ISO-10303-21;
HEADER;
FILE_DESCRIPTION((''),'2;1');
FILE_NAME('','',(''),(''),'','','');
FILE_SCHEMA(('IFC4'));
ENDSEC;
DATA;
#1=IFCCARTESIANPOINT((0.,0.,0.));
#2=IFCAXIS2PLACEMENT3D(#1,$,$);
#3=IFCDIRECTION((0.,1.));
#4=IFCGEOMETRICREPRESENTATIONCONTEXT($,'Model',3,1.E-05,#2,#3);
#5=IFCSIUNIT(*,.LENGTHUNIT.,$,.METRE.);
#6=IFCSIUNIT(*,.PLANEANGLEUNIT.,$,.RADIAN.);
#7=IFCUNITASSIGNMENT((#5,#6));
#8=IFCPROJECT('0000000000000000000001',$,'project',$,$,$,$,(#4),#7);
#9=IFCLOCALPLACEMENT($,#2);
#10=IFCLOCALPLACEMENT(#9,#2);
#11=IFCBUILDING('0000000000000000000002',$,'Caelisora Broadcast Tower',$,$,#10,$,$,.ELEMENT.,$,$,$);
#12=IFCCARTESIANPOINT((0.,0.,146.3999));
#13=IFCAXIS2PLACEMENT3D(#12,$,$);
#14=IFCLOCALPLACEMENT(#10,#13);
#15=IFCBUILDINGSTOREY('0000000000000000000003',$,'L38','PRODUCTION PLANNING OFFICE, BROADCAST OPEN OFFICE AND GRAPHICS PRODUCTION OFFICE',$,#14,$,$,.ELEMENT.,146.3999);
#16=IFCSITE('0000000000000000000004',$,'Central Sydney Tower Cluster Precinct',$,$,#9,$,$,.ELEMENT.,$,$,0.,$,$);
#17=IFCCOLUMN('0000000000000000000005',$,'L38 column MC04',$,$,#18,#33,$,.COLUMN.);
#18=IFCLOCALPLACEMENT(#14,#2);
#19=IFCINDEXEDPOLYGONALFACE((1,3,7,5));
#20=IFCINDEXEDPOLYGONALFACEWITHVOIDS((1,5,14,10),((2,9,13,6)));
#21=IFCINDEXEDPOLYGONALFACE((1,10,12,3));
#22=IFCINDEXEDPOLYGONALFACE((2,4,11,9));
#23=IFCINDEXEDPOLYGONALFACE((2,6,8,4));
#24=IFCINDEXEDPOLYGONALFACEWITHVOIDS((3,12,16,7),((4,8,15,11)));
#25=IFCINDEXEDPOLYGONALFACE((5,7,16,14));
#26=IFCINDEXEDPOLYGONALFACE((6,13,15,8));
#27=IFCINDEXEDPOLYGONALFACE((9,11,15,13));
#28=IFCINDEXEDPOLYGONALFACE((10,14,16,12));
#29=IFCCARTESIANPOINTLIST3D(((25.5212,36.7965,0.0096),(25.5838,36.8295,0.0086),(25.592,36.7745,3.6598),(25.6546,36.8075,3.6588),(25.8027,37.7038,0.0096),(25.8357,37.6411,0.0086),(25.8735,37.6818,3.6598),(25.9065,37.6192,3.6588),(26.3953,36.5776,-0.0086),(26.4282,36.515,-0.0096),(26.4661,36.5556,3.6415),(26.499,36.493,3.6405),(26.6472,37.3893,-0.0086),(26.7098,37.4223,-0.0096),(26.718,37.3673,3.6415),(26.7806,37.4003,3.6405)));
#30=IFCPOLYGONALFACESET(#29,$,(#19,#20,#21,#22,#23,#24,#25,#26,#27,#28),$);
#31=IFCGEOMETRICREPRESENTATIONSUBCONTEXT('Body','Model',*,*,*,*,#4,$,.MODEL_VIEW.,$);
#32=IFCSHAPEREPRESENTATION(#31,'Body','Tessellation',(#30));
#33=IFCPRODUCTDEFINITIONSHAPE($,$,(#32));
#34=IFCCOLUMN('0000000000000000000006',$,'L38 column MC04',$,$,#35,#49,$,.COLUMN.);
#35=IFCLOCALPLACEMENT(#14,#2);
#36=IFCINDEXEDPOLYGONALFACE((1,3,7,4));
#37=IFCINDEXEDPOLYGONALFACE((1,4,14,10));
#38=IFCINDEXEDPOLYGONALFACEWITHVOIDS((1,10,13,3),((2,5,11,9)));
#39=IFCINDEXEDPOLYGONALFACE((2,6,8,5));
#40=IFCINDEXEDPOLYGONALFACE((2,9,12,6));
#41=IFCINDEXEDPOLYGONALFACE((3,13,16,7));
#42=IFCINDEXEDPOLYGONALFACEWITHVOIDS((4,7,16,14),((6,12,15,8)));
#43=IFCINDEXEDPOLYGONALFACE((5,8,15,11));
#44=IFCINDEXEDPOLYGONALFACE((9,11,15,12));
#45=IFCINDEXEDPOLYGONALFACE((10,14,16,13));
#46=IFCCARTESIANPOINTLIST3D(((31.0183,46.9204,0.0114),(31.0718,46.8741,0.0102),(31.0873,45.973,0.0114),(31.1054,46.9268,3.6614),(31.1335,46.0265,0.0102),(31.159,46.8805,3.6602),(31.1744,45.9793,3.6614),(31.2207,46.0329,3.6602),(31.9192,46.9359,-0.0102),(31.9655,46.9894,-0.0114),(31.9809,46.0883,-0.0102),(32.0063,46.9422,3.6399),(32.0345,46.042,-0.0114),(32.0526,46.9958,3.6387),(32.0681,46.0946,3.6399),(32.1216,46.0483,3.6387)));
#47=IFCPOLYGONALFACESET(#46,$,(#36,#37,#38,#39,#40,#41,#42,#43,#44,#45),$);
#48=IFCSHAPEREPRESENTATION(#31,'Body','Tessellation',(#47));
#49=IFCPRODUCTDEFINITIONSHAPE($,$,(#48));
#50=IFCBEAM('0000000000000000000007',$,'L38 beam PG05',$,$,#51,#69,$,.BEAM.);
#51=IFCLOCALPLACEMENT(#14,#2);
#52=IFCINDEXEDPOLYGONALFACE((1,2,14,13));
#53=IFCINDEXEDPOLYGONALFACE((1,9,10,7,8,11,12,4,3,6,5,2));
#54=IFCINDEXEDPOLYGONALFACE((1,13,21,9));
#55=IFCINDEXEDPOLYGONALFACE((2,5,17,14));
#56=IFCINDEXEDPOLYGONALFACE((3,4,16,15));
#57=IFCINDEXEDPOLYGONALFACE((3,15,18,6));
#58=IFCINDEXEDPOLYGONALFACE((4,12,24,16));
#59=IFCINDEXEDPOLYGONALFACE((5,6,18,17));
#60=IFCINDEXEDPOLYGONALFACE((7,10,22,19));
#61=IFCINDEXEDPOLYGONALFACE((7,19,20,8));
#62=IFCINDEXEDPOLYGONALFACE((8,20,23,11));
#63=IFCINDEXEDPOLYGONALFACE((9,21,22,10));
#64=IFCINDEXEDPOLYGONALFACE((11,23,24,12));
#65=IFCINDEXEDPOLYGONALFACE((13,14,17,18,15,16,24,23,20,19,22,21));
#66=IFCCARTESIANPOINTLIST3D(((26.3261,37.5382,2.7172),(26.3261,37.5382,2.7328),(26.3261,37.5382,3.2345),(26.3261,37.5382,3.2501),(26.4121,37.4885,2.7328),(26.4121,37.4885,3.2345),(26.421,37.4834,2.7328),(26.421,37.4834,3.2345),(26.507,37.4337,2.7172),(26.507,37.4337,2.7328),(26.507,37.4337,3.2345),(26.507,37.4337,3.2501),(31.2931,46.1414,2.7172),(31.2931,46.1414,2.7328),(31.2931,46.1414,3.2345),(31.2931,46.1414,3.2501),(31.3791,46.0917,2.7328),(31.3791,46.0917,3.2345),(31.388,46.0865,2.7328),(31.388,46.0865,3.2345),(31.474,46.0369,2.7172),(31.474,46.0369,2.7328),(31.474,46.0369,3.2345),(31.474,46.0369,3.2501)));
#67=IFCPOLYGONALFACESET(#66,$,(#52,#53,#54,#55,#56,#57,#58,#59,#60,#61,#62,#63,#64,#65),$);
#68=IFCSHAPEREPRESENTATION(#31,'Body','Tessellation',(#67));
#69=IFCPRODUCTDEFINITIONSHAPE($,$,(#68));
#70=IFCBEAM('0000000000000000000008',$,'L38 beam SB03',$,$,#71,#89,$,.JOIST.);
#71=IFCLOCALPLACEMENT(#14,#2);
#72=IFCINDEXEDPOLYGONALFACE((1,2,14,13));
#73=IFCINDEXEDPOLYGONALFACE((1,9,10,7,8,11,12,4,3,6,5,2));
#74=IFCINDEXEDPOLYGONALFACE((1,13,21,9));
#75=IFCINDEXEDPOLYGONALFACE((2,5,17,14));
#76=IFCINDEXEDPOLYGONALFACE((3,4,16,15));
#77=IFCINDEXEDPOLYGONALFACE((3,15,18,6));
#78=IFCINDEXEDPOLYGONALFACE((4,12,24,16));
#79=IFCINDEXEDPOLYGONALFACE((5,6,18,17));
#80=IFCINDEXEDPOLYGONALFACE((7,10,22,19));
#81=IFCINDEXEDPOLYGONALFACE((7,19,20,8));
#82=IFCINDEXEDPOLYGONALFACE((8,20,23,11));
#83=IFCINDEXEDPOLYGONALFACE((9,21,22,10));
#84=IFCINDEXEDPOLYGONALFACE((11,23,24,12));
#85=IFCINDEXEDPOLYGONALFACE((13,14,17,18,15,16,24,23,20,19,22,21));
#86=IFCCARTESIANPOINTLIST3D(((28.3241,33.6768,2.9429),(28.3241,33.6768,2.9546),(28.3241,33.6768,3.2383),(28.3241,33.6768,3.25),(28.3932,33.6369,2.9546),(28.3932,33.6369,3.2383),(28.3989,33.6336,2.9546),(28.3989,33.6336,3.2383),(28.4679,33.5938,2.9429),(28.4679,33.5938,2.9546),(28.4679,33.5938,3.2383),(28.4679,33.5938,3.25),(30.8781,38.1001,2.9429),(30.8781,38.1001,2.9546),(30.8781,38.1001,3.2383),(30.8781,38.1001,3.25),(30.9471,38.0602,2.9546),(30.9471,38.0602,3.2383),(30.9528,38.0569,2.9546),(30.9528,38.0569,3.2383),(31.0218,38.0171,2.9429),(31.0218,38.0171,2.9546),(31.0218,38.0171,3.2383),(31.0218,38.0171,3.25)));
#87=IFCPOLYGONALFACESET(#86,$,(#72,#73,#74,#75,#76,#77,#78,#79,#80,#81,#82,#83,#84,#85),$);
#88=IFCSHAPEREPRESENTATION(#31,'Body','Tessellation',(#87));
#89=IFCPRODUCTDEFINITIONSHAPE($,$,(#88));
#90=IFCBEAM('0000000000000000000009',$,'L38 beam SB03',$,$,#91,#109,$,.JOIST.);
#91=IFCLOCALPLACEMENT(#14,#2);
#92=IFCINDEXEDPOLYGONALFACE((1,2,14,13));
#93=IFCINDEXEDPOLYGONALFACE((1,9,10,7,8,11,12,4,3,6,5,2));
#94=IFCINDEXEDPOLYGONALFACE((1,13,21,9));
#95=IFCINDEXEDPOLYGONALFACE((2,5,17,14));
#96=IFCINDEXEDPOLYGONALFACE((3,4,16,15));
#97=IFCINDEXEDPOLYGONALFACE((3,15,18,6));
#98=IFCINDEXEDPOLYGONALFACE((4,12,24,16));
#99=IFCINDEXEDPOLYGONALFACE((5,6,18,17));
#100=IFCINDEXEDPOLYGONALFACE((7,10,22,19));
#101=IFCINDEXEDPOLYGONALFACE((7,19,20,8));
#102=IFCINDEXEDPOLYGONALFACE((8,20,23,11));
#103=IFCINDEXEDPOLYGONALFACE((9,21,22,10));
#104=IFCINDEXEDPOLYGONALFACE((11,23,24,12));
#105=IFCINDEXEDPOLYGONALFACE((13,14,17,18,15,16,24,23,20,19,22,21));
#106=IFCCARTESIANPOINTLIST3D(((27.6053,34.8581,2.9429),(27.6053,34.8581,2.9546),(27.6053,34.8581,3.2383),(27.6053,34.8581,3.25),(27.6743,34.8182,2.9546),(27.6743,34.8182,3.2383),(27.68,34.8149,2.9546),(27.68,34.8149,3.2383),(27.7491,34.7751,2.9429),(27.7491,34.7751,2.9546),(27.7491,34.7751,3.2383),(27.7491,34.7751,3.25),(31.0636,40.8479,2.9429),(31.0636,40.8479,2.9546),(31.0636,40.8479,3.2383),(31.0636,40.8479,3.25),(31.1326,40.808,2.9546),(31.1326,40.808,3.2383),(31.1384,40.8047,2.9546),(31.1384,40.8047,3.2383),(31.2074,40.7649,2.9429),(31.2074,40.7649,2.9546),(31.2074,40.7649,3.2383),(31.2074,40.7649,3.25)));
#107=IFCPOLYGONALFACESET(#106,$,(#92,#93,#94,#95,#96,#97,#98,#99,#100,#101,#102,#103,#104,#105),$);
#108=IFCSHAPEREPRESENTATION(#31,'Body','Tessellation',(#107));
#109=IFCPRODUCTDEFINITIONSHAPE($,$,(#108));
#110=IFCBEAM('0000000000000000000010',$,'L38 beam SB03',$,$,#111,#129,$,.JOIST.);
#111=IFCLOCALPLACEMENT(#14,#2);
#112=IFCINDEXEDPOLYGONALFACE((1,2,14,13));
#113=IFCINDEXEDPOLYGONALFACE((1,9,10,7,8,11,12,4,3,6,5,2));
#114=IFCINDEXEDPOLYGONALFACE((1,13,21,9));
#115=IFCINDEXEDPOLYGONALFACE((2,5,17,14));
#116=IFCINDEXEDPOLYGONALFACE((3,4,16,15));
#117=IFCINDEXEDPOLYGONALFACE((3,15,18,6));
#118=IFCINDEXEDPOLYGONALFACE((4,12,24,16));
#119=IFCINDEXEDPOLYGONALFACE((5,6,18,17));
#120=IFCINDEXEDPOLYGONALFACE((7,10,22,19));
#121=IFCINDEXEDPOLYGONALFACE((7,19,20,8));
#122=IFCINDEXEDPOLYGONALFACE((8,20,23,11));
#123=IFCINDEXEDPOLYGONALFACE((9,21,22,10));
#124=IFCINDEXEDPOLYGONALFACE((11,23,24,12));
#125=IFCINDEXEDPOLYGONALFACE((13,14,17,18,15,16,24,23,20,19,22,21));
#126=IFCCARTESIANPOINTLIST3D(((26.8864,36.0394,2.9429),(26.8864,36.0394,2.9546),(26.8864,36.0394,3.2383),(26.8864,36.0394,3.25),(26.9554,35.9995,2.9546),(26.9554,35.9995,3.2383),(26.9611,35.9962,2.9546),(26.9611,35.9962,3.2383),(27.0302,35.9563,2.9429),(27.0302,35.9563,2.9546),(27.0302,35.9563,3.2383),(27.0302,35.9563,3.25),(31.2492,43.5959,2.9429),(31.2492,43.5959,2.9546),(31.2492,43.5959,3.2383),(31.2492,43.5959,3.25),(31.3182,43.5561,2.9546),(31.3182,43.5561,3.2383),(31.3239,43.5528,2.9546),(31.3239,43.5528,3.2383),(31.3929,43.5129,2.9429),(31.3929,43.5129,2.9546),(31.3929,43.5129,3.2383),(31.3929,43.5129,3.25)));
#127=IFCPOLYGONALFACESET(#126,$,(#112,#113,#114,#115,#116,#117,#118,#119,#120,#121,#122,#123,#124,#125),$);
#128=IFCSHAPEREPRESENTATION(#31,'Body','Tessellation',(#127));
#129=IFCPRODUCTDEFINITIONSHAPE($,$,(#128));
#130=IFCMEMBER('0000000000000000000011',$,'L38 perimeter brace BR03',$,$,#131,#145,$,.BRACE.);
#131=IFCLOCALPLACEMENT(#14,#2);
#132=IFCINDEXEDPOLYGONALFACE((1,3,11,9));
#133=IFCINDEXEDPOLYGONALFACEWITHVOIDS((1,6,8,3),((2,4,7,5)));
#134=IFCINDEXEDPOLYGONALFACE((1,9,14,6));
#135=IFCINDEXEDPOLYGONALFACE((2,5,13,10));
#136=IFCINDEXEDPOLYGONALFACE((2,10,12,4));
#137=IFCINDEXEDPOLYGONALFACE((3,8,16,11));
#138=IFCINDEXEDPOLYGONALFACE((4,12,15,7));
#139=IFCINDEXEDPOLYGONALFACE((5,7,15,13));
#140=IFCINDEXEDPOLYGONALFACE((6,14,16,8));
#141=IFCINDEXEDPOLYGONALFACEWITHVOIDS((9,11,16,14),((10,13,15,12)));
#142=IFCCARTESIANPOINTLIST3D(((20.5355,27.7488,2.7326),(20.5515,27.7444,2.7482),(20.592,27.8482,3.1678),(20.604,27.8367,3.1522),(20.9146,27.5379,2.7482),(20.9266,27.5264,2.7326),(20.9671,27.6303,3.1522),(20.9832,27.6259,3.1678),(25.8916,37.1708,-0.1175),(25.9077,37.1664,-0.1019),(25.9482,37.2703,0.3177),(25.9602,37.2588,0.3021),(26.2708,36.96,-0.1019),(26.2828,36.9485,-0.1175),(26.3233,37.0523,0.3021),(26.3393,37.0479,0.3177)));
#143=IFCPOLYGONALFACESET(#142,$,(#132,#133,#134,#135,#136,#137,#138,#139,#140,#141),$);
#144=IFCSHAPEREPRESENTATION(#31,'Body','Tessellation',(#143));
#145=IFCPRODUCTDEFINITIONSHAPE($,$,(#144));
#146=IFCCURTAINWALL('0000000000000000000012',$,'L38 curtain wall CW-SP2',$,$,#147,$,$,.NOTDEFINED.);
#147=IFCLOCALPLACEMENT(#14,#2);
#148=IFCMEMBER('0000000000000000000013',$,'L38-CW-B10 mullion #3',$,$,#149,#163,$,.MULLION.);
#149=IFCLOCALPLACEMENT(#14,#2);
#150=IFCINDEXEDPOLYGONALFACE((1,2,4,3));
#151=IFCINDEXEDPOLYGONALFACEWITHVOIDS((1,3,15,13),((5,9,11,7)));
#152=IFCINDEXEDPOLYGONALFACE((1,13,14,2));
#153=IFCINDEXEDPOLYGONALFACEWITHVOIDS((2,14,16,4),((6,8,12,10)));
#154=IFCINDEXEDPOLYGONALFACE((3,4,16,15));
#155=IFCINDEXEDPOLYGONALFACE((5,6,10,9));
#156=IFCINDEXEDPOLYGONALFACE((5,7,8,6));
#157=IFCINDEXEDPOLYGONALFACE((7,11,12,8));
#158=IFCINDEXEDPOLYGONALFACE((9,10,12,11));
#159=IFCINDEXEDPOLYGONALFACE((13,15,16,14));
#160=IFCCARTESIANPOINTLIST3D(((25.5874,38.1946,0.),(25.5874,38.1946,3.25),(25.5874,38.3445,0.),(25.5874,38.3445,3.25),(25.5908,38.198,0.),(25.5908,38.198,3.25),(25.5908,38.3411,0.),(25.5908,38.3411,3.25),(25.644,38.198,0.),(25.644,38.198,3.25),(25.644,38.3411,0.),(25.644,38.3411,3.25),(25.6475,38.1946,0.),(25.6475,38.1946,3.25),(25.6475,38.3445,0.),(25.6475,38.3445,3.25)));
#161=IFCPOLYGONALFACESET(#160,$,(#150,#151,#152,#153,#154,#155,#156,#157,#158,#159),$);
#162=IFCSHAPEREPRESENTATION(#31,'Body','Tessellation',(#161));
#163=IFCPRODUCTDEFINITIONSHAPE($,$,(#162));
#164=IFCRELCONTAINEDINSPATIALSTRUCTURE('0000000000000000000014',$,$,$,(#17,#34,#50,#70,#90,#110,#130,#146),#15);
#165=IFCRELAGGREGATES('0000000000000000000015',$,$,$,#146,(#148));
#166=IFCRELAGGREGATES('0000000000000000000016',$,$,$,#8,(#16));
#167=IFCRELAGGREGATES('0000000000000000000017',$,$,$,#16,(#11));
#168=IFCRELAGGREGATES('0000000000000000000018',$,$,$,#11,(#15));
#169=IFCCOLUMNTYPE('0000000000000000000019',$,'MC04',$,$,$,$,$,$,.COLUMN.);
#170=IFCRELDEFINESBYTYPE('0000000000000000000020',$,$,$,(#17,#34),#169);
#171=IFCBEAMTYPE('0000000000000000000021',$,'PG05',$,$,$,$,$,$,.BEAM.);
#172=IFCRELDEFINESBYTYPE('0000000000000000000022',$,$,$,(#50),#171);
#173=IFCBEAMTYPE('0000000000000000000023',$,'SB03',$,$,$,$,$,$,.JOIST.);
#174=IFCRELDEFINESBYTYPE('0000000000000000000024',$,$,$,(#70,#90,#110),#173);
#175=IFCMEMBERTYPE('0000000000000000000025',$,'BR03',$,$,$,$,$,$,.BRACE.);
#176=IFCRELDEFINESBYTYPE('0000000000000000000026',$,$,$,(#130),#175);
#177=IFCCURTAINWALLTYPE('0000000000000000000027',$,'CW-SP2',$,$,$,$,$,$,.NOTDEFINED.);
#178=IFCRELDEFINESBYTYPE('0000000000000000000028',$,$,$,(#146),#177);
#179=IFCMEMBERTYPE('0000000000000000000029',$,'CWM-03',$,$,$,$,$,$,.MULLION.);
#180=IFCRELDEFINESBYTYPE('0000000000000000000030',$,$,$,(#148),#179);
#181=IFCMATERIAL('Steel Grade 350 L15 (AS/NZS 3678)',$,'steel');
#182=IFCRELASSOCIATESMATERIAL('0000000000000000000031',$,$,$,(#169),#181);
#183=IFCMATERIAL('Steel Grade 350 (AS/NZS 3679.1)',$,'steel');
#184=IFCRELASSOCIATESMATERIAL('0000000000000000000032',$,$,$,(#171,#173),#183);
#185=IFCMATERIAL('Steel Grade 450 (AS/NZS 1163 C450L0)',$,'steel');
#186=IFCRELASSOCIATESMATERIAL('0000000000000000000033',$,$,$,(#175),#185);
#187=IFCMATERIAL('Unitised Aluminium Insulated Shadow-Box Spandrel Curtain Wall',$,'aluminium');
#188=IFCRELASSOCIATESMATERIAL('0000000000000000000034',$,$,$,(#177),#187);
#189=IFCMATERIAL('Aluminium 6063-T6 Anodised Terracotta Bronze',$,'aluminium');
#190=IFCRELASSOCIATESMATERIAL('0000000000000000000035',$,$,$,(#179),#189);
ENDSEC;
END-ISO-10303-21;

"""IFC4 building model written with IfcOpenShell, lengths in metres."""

from ifc_helpers import new_model, si_unit, direction, frame, origin, origin_2d, place, context, subcontext, project, spatial, hollow_rectangle, i_section, extrude, source, transform, mapped, material, material_profile, profile_set, type_object, type_shapes, element, aggregate, save


model = new_model("IFC4")

# Units and contexts
model_context = context("Model", 3, precision=1e-05, world=origin(), true_north=direction((0.0, 1.0)))
body_context = subcontext(model_context, "Body", "Model", "MODEL_VIEW")
ifc_project = project(units=[si_unit("LENGTHUNIT", "METRE"), si_unit("PLANEANGLEUNIT", "RADIAN")], contexts=[model_context])

# Site, building, storey
site_placement = place(None, origin())
site = spatial("IfcSite", under=ifc_project, at=site_placement, Name="Central Sydney Tower Cluster Precinct", CompositionType="ELEMENT", RefElevation=0.0)
building_placement = place(site_placement, origin())
building = spatial("IfcBuilding", under=site, at=building_placement, Name="Caelisora Broadcast Tower", CompositionType="ELEMENT")
storey_placement = place(building_placement, frame((0.0, 0.0, 146.3999)))
storey = spatial("IfcBuildingStorey", under=building, at=storey_placement, Name="L38", Description="PRODUCTION PLANNING OFFICE, BROADCAST OPEN OFFICE AND GRAPHICS PRODUCTION OFFICE", CompositionType="ELEMENT", Elevation=146.3999)

# Columns
ifc_material_1 = material(Name="Steel Grade 350 L15 (AS/NZS 3678)", Category="steel")
ifc_material_profile_1 = material_profile(ifc_material_1, hollow_rectangle(XDim=0.95, YDim=0.95, WallThickness=0.05, at=origin_2d()), Name="Steel Grade 350 L15 (AS/NZS 3678)")
ifc_profile_set_1 = profile_set([ifc_material_profile_1], Name="Steel Grade 350 L15 (AS/NZS 3678)")
column_type = type_object("IfcColumnType", Name="MC04", PredefinedType="COLUMN", material=ifc_profile_set_1)
shared_shape_1 = source(origin(), body_context, "Body", "SweptSolid", [
    extrude(hollow_rectangle(XDim=0.95, YDim=0.95, WallThickness=0.05, at=origin_2d()), origin(), (0.0, 0.0, 1.0), 3.6509),
])
column_1_placement = place(storey_placement, frame((26.1155, 37.1094, 0.0), z_axis=(0.019393, -0.006018, 0.999794), x_axis=(0.296399, 0.955064, 0.0)))
element("IfcColumn", 1, at=column_1_placement, inside=storey, type_object=column_type, Name="L38 column MC04", PredefinedType="COLUMN", context=body_context, shape_type="MappedRepresentation", body=[
    mapped(shared_shape_1, transform((0.0, 0.0, 0.0), scale=1.0)),
])
shared_shape_2 = source(origin(), body_context, "Body", "SweptSolid", [
    extrude(hollow_rectangle(XDim=0.95, YDim=0.95, WallThickness=0.05, at=origin_2d()), origin(), (0.0, 0.0, 1.0), 3.6511),
])
type_shapes(column_type, [shared_shape_1, shared_shape_2])
column_2_placement = place(storey_placement, frame((31.5264, 46.4812, 0.0), z_axis=(0.023871, 0.001739, 0.999714), x_axis=(-0.072637, 0.997358, 0.0)))
element("IfcColumn", 2, at=column_2_placement, inside=storey, type_object=column_type, Name="L38 column MC04", PredefinedType="COLUMN", context=body_context, shape_type="MappedRepresentation", body=[
    mapped(shared_shape_2, transform((0.0, 0.0, 0.0), scale=1.0)),
])

# Beams
ifc_material_2 = material(Name="Steel Grade 350 (AS/NZS 3679.1)", Category="steel")
ifc_material_profile_2 = material_profile(ifc_material_2, i_section(OverallWidth=0.209, OverallDepth=0.533, WebThickness=0.0103, FlangeThickness=0.0156, at=origin_2d()), Name="Steel Grade 350 (AS/NZS 3679.1)")
ifc_profile_set_2 = profile_set([ifc_material_profile_2], Name="Steel Grade 350 (AS/NZS 3679.1)")
beam_type_1 = type_object("IfcBeamType", Name="PG05", PredefinedType="BEAM", material=ifc_profile_set_2)
shared_shape_3 = source(origin(), body_context, "Body", "SweptSolid", [
    extrude(i_section(OverallWidth=0.209, OverallDepth=0.533, WebThickness=0.0103, FlangeThickness=0.0156, at=origin_2d()), origin(), (0.0, 0.0, 1.0), 9.9341),
])
type_shapes(beam_type_1, [shared_shape_3])
beam_1_placement = place(storey_placement, frame((31.3835, 46.0891, 2.9836), z_axis=(-0.499995, -0.866028, 0.0), x_axis=(0.866028, -0.499995, 0.0)))
element("IfcBeam", 3, at=beam_1_placement, inside=storey, type_object=beam_type_1, Name="L38 beam PG05", PredefinedType="BEAM", context=body_context, shape_type="MappedRepresentation", body=[
    mapped(shared_shape_3, transform((0.0, 0.0, 0.0), scale=1.0)),
])
ifc_material_profile_3 = material_profile(ifc_material_2, i_section(OverallWidth=0.166, OverallDepth=0.3071, WebThickness=0.0066, FlangeThickness=0.0117, at=origin_2d()), Name="Steel Grade 350 (AS/NZS 3679.1)")
ifc_profile_set_3 = profile_set([ifc_material_profile_3], Name="Steel Grade 350 (AS/NZS 3679.1)")
beam_type_2 = type_object("IfcBeamType", Name="SB03", PredefinedType="JOIST", material=ifc_profile_set_3)
shared_shape_4 = source(origin(), body_context, "Body", "SweptSolid", [
    extrude(i_section(OverallWidth=0.166, OverallDepth=0.3071, WebThickness=0.0066, FlangeThickness=0.0117, at=origin_2d()), origin(), (0.0, 0.0, 1.0), 5.1077),
])
beam_2_placement = place(storey_placement, frame((30.95, 38.0586, 3.0964), z_axis=(-0.50002, -0.866014, 0.0), x_axis=(0.866014, -0.50002, 0.0)))
element("IfcBeam", 4, at=beam_2_placement, inside=storey, type_object=beam_type_2, Name="L38 beam SB03", PredefinedType="JOIST", context=body_context, shape_type="MappedRepresentation", body=[
    mapped(shared_shape_4, transform((0.0, 0.0, 0.0), scale=1.0)),
])
shared_shape_5 = source(origin(), body_context, "Body", "SweptSolid", [
    extrude(i_section(OverallWidth=0.166, OverallDepth=0.3071, WebThickness=0.0066, FlangeThickness=0.0117, at=origin_2d()), origin(), (0.0, 0.0, 1.0), 6.9165),
])
beam_3_placement = place(storey_placement, frame((31.1355, 40.8064, 3.0964), z_axis=(-0.500008, -0.866021, 0.0), x_axis=(0.866021, -0.500008, 0.0)))
element("IfcBeam", 5, at=beam_3_placement, inside=storey, type_object=beam_type_2, Name="L38 beam SB03", PredefinedType="JOIST", context=body_context, shape_type="MappedRepresentation", body=[
    mapped(shared_shape_5, transform((0.0, 0.0, 0.0), scale=1.0)),
])
shared_shape_6 = source(origin(), body_context, "Body", "SweptSolid", [
    extrude(i_section(OverallWidth=0.166, OverallDepth=0.3071, WebThickness=0.0066, FlangeThickness=0.0117, at=origin_2d()), origin(), (0.0, 0.0, 1.0), 8.7256),
])
type_shapes(beam_type_2, [shared_shape_4, shared_shape_5, shared_shape_6])
beam_4_placement = place(storey_placement, frame((31.321, 43.5544, 3.0964), z_axis=(-0.499997, -0.866027, 0.0), x_axis=(0.866027, -0.499997, 0.0)))
element("IfcBeam", 6, at=beam_4_placement, inside=storey, type_object=beam_type_2, Name="L38 beam SB03", PredefinedType="JOIST", context=body_context, shape_type="MappedRepresentation", body=[
    mapped(shared_shape_6, transform((0.0, 0.0, 0.0), scale=1.0)),
])

# Member
ifc_material_3 = material(Name="Steel Grade 450 (AS/NZS 1163 C450L0)", Category="steel")
ifc_material_profile_4 = material_profile(ifc_material_3, hollow_rectangle(XDim=0.45, YDim=0.45, WallThickness=0.0161, at=origin_2d()), Name="Steel Grade 450 (AS/NZS 1163 C450L0)")
ifc_profile_set_4 = profile_set([ifc_material_profile_4], Name="Steel Grade 450 (AS/NZS 1163 C450L0)")
member_type_1 = type_object("IfcMemberType", Name="BR03", PredefinedType="BRACE", material=ifc_profile_set_4)
shared_shape_7 = source(origin(), body_context, "Body", "SweptSolid", [
    extrude(hollow_rectangle(XDim=0.45, YDim=0.45, WallThickness=0.0161, at=origin_2d()), origin(), (0.0, 0.0, 1.0), 11.2065),
])
type_shapes(member_type_1, [shared_shape_7])
member_1_placement = place(storey_placement, frame((26.1155, 37.1094, 0.1001), z_axis=(-0.47795, -0.840764, 0.254323), x_axis=(0.869349, -0.494199, 0.0)))
element("IfcMember", 7, at=member_1_placement, inside=storey, type_object=member_type_1, Name="L38 perimeter brace BR03", PredefinedType="BRACE", context=body_context, shape_type="MappedRepresentation", body=[
    mapped(shared_shape_7, transform((0.0, 0.0, 0.0), scale=1.0)),
])

# Curtain wall, member
ifc_material_4 = material(Name="Unitised Aluminium Insulated Shadow-Box Spandrel Curtain Wall", Category="aluminium")
curtain_wall_type_1 = type_object("IfcCurtainWallType", Name="CW-SP2", PredefinedType="NOTDEFINED", material=ifc_material_4)
curtain_wall_1_placement = place(storey_placement, origin())
curtain_wall_1 = element("IfcCurtainWall", 8, at=curtain_wall_1_placement, inside=storey, type_object=curtain_wall_type_1, Name="L38 curtain wall CW-SP2", PredefinedType="NOTDEFINED")
ifc_material_5 = material(Name="Aluminium 6063-T6 Anodised Terracotta Bronze", Category="aluminium")
ifc_material_profile_5 = material_profile(ifc_material_5, hollow_rectangle(XDim=0.0601, YDim=0.1499, WallThickness=0.0034, at=origin_2d()), Name="Aluminium 6063-T6 Anodised Terracotta Bronze")
ifc_profile_set_5 = profile_set([ifc_material_profile_5], Name="Aluminium 6063-T6 Anodised Terracotta Bronze")
member_type_2 = type_object("IfcMemberType", Name="CWM-03", PredefinedType="MULLION", material=ifc_profile_set_5)
shared_shape_8 = source(origin(), body_context, "Body", "SweptSolid", [
    extrude(hollow_rectangle(XDim=0.0601, YDim=0.1499, WallThickness=0.0034, at=origin_2d()), origin(), (0.0, 0.0, 1.0), 3.25),
])
type_shapes(member_type_2, [shared_shape_8])
member_2_placement = place(storey_placement, frame((25.6174, 38.2695, 0.0), z_axis=(0.0, 0.0, 1.0), x_axis=(1.0, 0.0, 0.0)))
member_2 = element("IfcMember", 9, at=member_2_placement, type_object=member_type_2, Name="L38-CW-B10 mullion #3", PredefinedType="MULLION", context=body_context, shape_type="MappedRepresentation", body=[
    mapped(shared_shape_8, transform((0.0, 0.0, 0.0), scale=1.0)),
])
aggregate(curtain_wall_1, [member_2])

save(model, "model.ifc")
